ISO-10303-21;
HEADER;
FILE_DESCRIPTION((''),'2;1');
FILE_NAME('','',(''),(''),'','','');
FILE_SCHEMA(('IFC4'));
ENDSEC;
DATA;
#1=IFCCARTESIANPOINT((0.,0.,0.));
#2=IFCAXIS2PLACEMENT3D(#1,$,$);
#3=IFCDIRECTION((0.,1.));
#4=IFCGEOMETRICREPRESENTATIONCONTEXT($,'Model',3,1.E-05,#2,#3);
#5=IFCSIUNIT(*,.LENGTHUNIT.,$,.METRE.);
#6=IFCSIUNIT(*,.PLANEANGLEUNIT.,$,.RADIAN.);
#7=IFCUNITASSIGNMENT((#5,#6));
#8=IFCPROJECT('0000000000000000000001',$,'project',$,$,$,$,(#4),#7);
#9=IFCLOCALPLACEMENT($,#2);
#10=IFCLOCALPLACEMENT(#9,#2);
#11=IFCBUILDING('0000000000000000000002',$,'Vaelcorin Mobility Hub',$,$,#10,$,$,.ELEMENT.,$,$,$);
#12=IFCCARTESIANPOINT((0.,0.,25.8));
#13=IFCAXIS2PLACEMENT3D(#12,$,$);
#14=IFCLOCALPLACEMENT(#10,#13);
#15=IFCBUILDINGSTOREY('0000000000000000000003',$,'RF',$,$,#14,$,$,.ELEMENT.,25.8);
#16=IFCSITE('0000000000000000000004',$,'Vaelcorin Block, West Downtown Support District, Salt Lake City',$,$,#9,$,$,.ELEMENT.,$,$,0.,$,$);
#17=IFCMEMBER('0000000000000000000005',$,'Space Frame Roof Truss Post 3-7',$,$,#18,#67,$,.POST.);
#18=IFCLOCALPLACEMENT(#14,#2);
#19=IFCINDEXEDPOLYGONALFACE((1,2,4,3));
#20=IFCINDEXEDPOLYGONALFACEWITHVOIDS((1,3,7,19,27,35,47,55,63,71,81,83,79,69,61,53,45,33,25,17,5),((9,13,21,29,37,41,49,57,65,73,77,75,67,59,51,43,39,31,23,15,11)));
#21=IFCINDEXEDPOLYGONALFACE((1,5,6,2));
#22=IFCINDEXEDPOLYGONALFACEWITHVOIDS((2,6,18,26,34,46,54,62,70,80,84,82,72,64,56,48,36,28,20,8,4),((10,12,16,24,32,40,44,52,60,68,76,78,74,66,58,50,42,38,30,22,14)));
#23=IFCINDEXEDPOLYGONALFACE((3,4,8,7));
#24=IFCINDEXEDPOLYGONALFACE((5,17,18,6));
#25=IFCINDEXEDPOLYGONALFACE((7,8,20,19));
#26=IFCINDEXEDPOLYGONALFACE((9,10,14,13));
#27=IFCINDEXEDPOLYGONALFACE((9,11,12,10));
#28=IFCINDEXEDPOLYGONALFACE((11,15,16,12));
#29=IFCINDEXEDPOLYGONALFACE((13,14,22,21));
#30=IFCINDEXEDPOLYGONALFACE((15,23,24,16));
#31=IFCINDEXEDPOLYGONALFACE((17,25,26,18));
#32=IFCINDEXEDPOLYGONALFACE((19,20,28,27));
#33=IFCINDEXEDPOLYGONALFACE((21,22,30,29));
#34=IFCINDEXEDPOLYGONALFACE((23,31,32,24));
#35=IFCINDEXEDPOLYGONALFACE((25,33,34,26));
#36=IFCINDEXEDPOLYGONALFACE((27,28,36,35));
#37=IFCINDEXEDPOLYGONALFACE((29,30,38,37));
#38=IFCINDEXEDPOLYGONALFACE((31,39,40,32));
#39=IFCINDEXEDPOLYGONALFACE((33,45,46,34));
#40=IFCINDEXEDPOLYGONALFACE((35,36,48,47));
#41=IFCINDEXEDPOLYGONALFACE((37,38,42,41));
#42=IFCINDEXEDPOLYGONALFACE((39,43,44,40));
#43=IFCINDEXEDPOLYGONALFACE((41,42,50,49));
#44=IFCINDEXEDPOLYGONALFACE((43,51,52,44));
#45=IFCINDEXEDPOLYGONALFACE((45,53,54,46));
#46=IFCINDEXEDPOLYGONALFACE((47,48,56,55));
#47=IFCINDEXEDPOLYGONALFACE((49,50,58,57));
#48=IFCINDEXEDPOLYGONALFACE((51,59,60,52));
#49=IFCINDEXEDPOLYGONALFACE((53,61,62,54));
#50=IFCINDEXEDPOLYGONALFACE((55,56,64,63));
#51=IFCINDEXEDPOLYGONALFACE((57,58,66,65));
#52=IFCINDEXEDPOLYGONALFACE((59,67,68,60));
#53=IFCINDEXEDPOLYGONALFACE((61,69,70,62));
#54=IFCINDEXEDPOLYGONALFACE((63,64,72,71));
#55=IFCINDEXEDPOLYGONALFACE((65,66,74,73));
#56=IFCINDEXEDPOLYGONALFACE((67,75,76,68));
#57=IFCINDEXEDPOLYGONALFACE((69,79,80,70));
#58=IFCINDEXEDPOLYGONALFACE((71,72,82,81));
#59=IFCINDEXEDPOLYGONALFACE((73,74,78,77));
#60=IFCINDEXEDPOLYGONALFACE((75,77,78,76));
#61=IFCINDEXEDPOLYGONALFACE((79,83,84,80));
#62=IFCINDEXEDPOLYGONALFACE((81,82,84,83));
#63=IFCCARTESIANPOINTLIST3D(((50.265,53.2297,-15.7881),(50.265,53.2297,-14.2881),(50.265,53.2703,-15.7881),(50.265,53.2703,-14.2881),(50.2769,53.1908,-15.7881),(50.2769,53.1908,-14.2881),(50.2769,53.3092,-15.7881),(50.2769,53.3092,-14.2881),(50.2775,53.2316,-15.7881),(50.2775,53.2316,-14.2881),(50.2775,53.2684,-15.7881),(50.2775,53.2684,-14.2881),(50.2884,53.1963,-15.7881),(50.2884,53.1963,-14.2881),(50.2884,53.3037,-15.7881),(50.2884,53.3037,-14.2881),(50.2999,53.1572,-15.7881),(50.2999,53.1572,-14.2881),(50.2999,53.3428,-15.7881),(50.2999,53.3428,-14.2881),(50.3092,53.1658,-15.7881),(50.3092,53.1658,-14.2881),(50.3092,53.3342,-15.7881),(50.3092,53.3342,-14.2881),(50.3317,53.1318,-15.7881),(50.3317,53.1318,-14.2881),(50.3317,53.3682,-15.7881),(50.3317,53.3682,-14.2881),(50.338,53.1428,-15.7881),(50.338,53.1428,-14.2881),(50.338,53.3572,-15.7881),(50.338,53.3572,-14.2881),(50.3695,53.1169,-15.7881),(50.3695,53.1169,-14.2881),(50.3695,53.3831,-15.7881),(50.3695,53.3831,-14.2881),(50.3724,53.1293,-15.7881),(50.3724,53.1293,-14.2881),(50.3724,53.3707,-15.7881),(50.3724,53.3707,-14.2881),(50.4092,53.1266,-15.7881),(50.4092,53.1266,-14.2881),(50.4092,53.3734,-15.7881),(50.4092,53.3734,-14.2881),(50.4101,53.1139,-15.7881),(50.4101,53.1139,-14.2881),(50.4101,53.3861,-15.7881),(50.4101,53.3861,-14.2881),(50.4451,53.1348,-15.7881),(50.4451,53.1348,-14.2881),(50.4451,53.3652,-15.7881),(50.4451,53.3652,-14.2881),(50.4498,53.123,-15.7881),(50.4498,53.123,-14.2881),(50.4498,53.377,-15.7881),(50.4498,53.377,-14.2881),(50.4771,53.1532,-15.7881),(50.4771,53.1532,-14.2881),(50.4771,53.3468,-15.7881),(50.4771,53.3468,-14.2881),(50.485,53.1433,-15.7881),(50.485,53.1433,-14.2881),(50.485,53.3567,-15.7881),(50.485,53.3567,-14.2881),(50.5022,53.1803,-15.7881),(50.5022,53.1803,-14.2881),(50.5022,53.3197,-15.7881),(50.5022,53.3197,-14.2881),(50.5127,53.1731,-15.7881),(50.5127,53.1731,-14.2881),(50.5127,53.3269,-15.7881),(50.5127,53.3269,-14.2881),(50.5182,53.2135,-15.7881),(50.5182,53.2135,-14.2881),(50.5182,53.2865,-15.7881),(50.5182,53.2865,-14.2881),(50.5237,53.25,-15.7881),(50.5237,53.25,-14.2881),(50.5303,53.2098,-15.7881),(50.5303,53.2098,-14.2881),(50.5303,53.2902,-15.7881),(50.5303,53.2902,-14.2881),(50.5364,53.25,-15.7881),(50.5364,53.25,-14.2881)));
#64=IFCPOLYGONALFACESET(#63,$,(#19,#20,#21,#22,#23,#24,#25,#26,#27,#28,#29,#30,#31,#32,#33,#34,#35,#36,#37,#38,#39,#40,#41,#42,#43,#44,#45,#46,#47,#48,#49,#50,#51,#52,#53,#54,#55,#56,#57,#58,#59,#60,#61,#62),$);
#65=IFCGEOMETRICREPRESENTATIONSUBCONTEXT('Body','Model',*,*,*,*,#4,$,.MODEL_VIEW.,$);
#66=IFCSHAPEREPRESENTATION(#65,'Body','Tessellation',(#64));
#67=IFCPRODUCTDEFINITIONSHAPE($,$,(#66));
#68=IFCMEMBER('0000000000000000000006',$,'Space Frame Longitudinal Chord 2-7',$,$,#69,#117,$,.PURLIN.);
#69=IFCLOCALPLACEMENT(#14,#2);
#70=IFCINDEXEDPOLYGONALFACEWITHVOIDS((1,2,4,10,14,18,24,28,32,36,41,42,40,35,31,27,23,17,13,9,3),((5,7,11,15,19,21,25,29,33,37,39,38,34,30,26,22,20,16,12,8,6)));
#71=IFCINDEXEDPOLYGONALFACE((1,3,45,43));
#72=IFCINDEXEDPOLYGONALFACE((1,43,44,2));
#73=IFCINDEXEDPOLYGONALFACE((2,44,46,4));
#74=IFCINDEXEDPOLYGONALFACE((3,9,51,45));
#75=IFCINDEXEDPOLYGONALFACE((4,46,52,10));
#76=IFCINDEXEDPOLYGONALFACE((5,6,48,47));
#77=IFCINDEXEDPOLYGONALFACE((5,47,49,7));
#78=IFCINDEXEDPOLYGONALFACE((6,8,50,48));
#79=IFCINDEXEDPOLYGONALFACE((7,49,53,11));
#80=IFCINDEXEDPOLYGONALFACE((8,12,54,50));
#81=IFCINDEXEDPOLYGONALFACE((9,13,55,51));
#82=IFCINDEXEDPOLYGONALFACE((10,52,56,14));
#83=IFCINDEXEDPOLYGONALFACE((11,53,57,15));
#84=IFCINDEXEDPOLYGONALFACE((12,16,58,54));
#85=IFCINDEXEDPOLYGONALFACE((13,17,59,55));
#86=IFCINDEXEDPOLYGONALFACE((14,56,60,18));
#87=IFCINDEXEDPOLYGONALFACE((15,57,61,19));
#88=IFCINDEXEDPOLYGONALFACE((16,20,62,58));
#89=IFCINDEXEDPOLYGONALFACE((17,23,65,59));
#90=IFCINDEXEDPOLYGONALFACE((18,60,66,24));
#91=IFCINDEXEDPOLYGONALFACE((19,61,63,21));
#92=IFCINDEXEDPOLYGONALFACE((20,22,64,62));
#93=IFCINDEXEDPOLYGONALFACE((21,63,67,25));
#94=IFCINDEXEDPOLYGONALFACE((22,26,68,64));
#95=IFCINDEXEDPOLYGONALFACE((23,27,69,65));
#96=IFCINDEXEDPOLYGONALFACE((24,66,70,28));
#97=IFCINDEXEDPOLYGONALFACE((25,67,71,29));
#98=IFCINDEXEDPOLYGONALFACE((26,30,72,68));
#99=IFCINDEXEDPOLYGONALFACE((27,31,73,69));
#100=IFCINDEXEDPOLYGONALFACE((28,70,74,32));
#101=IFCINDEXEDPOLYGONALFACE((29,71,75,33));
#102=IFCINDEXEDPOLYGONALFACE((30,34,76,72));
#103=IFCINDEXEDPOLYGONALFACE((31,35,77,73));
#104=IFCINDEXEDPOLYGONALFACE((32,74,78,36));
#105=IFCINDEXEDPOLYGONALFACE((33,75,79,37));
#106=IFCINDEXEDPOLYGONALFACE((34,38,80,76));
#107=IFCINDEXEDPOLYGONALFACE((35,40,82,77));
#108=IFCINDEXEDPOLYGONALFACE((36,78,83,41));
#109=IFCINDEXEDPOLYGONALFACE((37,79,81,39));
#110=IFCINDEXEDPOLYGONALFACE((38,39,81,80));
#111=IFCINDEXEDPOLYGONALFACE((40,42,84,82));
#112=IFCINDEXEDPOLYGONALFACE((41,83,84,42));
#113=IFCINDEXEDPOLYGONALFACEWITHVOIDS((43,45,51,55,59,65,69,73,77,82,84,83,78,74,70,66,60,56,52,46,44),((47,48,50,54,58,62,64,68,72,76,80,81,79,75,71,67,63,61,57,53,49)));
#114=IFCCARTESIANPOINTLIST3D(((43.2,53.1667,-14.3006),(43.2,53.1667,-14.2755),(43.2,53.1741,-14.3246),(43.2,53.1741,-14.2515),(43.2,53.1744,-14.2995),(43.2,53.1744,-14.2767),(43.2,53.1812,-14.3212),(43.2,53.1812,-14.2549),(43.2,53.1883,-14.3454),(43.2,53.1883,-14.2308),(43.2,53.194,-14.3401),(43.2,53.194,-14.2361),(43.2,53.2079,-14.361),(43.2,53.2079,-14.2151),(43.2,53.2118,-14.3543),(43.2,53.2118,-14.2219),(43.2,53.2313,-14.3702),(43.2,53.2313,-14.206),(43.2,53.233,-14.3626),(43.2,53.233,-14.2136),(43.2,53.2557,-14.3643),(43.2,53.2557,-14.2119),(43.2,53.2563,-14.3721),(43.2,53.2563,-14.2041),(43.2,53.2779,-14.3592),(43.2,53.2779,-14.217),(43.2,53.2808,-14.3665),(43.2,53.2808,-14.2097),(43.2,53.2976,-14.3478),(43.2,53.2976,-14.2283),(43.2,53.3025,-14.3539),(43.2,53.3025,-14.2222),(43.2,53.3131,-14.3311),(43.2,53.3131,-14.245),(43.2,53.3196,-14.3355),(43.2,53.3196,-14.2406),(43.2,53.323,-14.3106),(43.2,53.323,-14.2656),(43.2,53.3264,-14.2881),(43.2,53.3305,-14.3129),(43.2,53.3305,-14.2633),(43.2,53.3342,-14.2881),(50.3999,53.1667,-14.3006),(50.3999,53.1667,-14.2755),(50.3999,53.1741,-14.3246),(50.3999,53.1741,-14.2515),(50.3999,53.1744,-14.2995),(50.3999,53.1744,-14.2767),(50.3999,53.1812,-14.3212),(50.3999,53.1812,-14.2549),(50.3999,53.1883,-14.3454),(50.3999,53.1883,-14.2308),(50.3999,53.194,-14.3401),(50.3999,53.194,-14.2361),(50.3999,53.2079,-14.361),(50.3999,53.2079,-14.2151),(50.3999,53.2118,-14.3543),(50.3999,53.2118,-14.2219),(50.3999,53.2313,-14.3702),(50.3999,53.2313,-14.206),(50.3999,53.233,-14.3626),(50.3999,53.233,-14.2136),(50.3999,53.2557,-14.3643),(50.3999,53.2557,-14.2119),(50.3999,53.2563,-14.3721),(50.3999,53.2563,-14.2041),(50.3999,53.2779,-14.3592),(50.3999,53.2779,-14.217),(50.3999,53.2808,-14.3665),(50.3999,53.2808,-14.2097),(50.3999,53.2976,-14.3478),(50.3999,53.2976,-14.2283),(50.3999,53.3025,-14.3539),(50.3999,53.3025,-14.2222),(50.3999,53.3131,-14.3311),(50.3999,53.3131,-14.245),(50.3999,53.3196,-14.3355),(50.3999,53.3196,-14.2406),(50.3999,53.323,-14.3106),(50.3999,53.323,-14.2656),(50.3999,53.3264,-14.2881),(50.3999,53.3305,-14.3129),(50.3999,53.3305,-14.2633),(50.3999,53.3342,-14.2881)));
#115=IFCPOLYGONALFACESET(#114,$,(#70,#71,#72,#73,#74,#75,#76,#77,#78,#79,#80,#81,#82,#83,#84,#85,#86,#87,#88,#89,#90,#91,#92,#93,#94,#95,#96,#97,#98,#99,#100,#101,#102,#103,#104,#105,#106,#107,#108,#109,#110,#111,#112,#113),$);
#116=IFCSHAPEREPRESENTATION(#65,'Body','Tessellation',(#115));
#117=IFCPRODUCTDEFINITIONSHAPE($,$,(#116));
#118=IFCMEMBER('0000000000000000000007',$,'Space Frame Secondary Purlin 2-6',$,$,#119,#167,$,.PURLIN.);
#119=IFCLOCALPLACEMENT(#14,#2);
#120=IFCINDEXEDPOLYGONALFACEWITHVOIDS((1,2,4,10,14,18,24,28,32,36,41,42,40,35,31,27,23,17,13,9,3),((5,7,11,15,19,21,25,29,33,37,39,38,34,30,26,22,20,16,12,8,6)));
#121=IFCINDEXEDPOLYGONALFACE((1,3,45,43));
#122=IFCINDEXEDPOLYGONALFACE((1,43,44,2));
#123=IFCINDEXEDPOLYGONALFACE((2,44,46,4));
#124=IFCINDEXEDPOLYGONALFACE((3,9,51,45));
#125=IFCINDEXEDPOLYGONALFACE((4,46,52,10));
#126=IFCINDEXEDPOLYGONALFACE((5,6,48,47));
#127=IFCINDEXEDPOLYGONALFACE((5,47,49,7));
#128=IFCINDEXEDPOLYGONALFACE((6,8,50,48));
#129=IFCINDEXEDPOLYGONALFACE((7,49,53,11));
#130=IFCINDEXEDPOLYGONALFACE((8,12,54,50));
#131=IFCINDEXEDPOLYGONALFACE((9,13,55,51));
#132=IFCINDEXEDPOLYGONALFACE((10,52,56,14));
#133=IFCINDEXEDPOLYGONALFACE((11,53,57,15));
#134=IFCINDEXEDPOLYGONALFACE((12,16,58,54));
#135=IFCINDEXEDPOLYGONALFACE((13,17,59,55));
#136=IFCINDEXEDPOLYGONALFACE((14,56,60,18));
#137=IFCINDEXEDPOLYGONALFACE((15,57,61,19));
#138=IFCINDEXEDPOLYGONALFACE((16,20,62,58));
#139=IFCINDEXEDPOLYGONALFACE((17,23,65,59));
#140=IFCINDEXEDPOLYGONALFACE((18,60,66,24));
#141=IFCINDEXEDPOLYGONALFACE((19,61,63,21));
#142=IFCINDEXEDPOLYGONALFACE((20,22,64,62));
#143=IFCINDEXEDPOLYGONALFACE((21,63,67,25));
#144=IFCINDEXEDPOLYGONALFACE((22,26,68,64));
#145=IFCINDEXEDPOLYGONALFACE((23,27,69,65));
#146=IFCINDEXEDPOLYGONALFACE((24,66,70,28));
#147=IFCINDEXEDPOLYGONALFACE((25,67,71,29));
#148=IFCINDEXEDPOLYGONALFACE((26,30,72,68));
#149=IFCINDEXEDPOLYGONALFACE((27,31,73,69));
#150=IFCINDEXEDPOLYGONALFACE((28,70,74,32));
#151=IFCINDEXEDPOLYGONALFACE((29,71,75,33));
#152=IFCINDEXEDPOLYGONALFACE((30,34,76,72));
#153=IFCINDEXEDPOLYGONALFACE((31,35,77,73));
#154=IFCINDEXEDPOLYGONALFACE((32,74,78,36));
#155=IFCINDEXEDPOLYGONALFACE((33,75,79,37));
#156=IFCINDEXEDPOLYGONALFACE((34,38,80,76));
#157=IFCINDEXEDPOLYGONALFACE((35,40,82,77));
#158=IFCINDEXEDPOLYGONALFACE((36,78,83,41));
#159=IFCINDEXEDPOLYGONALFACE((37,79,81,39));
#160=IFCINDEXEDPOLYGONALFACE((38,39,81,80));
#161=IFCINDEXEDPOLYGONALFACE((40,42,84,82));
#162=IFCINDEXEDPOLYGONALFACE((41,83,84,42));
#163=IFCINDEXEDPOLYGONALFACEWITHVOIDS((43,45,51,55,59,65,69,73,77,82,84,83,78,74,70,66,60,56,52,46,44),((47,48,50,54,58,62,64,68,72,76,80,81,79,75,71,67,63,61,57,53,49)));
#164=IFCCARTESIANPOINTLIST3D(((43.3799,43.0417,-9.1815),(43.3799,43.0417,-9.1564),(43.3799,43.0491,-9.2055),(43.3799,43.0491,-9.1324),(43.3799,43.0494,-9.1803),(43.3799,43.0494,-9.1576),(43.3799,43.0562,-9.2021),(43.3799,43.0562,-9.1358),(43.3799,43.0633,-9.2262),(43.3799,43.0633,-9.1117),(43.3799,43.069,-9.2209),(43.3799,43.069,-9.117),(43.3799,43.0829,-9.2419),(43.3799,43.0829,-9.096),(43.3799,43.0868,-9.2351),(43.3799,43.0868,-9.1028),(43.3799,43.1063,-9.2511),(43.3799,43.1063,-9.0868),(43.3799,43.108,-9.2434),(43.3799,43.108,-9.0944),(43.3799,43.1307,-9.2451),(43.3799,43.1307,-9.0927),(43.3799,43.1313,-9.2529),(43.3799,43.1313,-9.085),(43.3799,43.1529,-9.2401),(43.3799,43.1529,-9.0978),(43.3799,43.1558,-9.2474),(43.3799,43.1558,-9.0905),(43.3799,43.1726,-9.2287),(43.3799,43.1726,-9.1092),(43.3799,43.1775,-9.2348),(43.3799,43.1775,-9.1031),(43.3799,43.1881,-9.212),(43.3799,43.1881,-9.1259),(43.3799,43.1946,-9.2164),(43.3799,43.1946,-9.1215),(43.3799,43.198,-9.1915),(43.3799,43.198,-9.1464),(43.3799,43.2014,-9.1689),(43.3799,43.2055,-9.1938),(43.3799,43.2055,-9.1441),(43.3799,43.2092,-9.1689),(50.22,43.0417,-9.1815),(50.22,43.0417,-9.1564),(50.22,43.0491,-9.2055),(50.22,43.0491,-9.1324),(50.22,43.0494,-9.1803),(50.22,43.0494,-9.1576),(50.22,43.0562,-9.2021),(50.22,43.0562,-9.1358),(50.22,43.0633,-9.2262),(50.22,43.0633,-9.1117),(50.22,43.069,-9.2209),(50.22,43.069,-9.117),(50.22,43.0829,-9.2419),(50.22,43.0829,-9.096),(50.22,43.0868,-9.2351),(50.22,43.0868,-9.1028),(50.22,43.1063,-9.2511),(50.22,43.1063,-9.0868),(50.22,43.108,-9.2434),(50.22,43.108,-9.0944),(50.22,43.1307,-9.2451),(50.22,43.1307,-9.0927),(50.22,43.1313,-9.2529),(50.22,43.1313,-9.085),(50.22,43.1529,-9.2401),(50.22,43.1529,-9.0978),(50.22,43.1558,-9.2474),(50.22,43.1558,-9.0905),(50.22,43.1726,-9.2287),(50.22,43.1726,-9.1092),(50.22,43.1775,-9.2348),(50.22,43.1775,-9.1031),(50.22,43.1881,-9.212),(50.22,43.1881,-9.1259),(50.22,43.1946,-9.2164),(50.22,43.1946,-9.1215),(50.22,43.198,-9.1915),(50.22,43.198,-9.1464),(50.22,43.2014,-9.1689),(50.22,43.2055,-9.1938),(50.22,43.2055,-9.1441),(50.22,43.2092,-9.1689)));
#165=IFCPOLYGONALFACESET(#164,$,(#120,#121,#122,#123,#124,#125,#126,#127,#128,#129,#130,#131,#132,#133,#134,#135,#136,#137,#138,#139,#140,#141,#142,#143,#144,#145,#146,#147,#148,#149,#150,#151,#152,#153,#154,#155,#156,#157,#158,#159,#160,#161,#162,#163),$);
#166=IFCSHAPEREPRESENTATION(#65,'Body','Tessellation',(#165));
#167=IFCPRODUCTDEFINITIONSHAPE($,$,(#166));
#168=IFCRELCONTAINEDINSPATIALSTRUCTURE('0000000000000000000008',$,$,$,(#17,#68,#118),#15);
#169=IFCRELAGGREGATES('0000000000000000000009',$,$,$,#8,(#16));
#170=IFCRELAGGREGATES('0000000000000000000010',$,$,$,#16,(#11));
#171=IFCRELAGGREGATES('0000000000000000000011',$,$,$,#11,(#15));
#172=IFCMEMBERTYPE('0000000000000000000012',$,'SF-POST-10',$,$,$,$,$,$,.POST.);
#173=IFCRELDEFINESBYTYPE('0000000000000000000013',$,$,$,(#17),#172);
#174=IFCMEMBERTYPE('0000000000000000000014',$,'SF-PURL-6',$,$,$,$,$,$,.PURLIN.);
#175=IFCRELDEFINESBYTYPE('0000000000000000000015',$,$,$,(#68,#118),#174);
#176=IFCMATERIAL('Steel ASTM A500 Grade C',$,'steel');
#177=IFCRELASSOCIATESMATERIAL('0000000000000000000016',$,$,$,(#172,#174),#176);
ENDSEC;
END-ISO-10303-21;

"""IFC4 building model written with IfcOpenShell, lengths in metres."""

from ifc_helpers import new_model, si_unit, direction, frame, origin, origin_2d, place, context, subcontext, project, spatial, hollow_circle, extrude, material, material_profile, profile_set, type_object, element, save


model = new_model("IFC4")

# Units and contexts
model_context = context("Model", 3, precision=1e-05, world=origin(), true_north=direction((0.0, 1.0)))
body_context = subcontext(model_context, "Body", "Model", "MODEL_VIEW")
ifc_project = project(units=[si_unit("LENGTHUNIT", "METRE"), si_unit("PLANEANGLEUNIT", "RADIAN")], contexts=[model_context])

# Site, building, storey
site_placement = place(None, origin())
site = spatial("IfcSite", under=ifc_project, at=site_placement, Name="Vaelcorin Block, West Downtown Support District, Salt Lake City", CompositionType="ELEMENT", RefElevation=0.0)
building_placement = place(site_placement, origin())
building = spatial("IfcBuilding", under=site, at=building_placement, Name="Vaelcorin Mobility Hub", CompositionType="ELEMENT")
storey_placement = place(building_placement, frame((0.0, 0.0, 25.8)))
storey = spatial("IfcBuildingStorey", under=building, at=storey_placement, Name="RF", CompositionType="ELEMENT", Elevation=25.8)

# Members
ifc_material_1 = material(Name="Steel ASTM A500 Grade C", Category="steel")
ifc_material_profile_1 = material_profile(ifc_material_1, hollow_circle(Radius=0.1365, WallThickness=0.0127, at=origin_2d()), Name="HSS10.750X0.500")
ifc_profile_set_1 = profile_set([ifc_material_profile_1], Name="Steel ASTM A500 Grade C")
member_type_1 = type_object("IfcMemberType", Name="SF-POST-10", PredefinedType="POST", material=ifc_profile_set_1)
for number, where, z_axis, x_axis, name in (
    (1, (50.3999, 53.25, -15.7881), (0.0, 0.0, 1.0), (1.0, 0.0, 0.0), "Space Frame Roof Truss Post 3-7"),
):
    element("IfcMember", number, at=place(storey_placement, frame(where, z_axis=z_axis, x_axis=x_axis)), inside=storey, type_object=member_type_1, Name=name, PredefinedType="POST", context=body_context, shape_type="SweptSolid", body=[
        extrude(hollow_circle(Radius=0.1365, WallThickness=0.0127, at=origin_2d()), origin(), (0.0, 0.0, 1.0), 1.5),
    ])
ifc_material_profile_2 = material_profile(ifc_material_1, hollow_circle(Radius=0.0842, WallThickness=0.0078, at=origin_2d()), Name="HSS6.625X0.312")
ifc_profile_set_2 = profile_set([ifc_material_profile_2], Name="Steel ASTM A500 Grade C")
member_type_2 = type_object("IfcMemberType", Name="SF-PURL-6", PredefinedType="PURLIN", material=ifc_profile_set_2)
member_1_placement = place(storey_placement, frame((43.2, 53.25, -14.2881), z_axis=(1.0, 0.0, 0.0), x_axis=(0.0, 1.0, 0.0)))
element("IfcMember", 2, at=member_1_placement, inside=storey, type_object=member_type_2, Name="Space Frame Longitudinal Chord 2-7", PredefinedType="PURLIN", context=body_context, shape_type="SweptSolid", body=[
    extrude(hollow_circle(Radius=0.0842, WallThickness=0.0078, at=origin_2d()), origin(), (0.0, 0.0, 1.0), 7.2),
])
for number, where, z_axis, x_axis, name in (
    (3, (43.3799, 43.125, -9.1689), (1.0, 0.0, 0.0), (0.0, 1.0, 0.0), "Space Frame Secondary Purlin 2-6"),
):
    element("IfcMember", number, at=place(storey_placement, frame(where, z_axis=z_axis, x_axis=x_axis)), inside=storey, type_object=member_type_2, Name=name, PredefinedType="PURLIN", context=body_context, shape_type="SweptSolid", body=[
        extrude(hollow_circle(Radius=0.0842, WallThickness=0.0078, at=origin_2d()), origin(), (0.0, 0.0, 1.0), 6.8401),
    ])

save(model, "model.ifc")
